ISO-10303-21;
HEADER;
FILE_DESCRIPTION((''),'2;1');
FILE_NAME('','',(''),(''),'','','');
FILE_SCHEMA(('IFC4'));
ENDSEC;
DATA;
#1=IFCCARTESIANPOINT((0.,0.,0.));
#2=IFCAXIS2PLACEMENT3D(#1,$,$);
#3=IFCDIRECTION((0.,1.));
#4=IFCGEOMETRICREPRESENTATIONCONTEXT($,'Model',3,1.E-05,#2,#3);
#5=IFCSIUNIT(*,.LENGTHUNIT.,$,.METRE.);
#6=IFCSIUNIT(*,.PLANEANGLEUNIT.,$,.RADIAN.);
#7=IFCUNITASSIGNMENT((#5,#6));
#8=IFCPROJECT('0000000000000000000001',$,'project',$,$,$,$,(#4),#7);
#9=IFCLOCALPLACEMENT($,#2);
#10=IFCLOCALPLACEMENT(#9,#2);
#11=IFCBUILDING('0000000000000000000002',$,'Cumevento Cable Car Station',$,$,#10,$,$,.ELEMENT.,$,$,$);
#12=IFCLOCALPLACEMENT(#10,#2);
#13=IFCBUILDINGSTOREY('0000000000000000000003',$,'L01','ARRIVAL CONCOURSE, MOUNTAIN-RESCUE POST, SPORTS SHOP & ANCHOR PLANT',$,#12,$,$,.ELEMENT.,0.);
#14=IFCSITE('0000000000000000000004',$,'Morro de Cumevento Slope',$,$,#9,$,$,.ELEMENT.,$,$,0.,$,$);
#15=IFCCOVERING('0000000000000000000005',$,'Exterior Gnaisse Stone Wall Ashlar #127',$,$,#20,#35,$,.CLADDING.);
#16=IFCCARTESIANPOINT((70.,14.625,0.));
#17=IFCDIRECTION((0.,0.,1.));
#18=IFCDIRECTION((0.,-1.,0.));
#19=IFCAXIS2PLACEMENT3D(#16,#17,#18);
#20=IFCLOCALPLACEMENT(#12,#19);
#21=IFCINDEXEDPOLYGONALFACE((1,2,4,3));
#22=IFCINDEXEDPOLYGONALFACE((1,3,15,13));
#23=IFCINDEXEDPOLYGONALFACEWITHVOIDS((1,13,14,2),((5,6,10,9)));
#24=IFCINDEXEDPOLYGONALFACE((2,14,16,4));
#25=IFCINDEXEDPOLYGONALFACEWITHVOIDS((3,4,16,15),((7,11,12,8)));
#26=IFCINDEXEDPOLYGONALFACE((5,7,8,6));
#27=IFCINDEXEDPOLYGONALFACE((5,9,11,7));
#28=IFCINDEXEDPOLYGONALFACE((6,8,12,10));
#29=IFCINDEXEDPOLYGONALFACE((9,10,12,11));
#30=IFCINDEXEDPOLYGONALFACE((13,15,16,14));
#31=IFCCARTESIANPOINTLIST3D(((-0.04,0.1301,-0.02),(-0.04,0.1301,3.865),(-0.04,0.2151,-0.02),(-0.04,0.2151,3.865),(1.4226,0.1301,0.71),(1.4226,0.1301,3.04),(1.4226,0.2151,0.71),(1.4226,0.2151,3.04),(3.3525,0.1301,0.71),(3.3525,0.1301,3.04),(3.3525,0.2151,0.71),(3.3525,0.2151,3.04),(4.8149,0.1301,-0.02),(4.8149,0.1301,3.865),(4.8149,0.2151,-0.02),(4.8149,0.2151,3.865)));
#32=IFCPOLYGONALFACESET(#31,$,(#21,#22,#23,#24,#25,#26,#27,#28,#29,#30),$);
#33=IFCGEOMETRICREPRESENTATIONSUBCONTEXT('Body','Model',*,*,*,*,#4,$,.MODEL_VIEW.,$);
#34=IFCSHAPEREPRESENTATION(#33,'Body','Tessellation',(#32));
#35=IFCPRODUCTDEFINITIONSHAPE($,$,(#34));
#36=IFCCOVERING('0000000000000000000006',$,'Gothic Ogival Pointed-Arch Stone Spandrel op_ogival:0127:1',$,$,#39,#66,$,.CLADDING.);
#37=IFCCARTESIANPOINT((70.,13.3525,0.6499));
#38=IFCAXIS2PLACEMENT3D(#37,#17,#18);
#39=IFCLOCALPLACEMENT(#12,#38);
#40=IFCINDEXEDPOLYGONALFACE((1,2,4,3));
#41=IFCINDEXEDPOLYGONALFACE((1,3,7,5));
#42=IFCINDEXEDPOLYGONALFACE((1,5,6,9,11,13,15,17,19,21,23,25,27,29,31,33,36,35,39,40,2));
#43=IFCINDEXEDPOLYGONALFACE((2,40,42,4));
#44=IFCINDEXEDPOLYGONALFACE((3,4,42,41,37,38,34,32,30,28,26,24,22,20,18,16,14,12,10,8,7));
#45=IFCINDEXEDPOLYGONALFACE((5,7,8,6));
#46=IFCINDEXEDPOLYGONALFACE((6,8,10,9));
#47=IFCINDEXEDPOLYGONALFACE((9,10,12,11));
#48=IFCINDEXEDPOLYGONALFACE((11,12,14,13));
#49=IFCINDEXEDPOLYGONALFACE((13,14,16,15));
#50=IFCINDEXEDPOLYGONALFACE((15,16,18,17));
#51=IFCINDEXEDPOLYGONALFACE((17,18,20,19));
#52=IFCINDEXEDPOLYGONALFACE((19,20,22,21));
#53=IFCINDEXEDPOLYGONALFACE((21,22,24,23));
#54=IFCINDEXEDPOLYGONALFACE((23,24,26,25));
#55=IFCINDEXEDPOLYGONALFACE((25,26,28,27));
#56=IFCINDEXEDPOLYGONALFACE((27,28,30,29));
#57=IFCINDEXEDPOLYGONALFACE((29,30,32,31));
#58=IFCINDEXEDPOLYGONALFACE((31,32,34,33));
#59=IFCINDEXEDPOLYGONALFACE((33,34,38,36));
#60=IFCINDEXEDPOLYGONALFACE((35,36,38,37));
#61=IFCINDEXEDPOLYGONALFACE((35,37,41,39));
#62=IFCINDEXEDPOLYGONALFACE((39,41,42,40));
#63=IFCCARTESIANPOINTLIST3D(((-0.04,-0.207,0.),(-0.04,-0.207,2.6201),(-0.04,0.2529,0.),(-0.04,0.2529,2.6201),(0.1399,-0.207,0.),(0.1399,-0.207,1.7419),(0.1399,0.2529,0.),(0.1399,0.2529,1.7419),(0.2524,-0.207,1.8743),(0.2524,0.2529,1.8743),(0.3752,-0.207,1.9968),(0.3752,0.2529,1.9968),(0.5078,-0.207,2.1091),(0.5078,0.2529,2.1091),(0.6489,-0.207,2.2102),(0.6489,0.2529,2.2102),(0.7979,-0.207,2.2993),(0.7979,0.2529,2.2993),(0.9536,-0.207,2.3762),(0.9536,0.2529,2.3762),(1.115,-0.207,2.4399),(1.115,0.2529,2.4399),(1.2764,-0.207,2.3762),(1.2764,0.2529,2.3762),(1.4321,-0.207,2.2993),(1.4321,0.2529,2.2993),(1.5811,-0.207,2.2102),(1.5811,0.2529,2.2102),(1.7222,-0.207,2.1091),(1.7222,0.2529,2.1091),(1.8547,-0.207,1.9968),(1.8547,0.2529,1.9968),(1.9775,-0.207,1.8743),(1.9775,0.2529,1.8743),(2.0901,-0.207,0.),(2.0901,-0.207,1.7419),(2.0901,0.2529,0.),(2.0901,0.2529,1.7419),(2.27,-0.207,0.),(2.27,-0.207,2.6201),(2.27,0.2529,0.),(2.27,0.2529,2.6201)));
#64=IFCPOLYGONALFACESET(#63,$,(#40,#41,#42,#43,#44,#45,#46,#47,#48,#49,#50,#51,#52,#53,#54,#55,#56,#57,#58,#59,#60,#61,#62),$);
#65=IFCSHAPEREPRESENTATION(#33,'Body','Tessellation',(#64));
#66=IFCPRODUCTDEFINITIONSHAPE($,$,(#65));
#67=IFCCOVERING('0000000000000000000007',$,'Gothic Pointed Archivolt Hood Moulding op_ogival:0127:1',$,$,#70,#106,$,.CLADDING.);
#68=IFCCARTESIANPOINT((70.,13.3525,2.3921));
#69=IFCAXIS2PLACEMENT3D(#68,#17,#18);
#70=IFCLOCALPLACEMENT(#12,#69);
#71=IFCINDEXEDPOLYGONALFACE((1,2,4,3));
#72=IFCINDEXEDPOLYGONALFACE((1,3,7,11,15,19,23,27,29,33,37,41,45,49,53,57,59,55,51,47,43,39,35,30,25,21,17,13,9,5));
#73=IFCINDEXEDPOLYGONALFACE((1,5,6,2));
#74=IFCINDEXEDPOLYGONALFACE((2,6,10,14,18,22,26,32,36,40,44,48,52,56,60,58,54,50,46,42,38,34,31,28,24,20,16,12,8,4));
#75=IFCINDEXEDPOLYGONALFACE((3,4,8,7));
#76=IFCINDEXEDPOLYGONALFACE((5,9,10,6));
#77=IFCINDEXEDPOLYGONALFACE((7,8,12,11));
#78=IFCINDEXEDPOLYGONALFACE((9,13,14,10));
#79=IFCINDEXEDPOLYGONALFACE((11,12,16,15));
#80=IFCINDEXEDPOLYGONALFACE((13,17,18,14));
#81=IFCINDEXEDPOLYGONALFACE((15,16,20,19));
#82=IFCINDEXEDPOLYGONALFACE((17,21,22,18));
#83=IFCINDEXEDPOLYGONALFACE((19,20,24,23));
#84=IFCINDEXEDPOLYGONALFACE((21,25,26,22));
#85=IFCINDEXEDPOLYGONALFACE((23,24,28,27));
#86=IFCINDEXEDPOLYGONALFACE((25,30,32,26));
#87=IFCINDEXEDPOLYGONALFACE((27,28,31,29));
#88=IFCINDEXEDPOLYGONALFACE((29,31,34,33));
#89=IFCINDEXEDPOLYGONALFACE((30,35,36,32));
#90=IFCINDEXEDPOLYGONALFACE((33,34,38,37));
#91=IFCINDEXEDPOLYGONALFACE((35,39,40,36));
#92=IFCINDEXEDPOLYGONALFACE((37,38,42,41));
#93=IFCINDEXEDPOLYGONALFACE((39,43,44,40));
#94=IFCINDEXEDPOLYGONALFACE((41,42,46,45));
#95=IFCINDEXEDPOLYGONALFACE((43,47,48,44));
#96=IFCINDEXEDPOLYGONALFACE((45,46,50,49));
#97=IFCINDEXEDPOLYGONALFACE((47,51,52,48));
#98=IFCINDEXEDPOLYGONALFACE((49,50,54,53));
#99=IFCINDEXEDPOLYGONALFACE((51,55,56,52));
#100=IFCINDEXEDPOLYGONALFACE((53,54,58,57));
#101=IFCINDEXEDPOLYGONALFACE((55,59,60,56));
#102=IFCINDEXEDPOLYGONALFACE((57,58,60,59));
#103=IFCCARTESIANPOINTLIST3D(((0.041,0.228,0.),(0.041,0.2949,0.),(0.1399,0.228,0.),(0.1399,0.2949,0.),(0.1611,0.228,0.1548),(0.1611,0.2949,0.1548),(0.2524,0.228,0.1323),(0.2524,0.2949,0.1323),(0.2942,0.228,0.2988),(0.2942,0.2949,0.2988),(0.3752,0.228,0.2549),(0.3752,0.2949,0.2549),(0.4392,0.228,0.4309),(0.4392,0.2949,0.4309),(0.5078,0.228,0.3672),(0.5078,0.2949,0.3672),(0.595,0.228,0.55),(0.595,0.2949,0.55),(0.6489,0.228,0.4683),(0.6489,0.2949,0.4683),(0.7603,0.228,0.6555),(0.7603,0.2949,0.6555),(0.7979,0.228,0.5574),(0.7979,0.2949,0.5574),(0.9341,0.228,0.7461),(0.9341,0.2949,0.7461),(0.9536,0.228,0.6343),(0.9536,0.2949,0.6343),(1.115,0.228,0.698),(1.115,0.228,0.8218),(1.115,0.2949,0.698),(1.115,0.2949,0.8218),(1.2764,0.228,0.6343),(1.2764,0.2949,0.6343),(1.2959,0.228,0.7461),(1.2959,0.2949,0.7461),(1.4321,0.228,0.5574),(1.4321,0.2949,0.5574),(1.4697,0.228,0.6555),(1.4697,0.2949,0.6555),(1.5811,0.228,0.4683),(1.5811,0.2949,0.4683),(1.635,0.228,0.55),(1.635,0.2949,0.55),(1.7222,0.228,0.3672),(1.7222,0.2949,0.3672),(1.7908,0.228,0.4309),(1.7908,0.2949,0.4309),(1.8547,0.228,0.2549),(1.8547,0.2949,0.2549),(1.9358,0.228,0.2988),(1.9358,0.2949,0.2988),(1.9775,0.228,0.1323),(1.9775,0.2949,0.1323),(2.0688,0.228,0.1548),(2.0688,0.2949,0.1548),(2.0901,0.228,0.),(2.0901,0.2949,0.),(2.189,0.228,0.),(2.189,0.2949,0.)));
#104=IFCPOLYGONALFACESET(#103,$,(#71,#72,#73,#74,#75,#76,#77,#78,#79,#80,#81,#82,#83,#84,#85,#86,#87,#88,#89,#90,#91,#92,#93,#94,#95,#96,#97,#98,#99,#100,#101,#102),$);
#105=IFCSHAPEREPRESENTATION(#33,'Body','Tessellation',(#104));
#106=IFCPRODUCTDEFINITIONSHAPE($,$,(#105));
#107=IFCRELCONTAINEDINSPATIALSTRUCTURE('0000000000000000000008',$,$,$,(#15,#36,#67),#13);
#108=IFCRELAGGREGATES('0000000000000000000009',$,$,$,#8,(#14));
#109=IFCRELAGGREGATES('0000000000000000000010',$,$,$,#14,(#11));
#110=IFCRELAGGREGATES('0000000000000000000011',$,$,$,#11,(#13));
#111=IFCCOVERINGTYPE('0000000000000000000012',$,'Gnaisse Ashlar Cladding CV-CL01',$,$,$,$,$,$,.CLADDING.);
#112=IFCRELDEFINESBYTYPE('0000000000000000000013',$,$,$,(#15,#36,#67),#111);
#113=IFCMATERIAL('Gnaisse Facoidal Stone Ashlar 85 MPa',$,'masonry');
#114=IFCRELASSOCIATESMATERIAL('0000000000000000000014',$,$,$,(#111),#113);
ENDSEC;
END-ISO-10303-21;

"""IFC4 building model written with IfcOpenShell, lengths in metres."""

from ifc_helpers import new_model, si_unit, direction, frame, origin, place, context, subcontext, project, spatial, polyline, outline, extrude, material, type_object, element, save


model = new_model("IFC4")

# Units and contexts
model_context = context("Model", 3, precision=1e-05, world=origin(), true_north=direction((0.0, 1.0)))
body_context = subcontext(model_context, "Body", "Model", "MODEL_VIEW")
ifc_project = project(units=[si_unit("LENGTHUNIT", "METRE"), si_unit("PLANEANGLEUNIT", "RADIAN")], contexts=[model_context])

# Site, building, storey
site_placement = place(None, origin())
site = spatial("IfcSite", under=ifc_project, at=site_placement, Name="Morro de Cumevento Slope", CompositionType="ELEMENT", RefElevation=0.0)
building_placement = place(site_placement, origin())
building = spatial("IfcBuilding", under=site, at=building_placement, Name="Cumevento Cable Car Station", CompositionType="ELEMENT")
storey_placement = place(building_placement, origin())
storey = spatial("IfcBuildingStorey", under=building, at=storey_placement, Name="L01", Description="ARRIVAL CONCOURSE, MOUNTAIN-RESCUE POST, SPORTS SHOP & ANCHOR PLANT", CompositionType="ELEMENT", Elevation=0.0)

# Coverings
ifc_material_1 = material(Name="Gnaisse Facoidal Stone Ashlar 85 MPa", Category="masonry")
covering_type = type_object("IfcCoveringType", Name="Gnaisse Ashlar Cladding CV-CL01", PredefinedType="CLADDING", material=ifc_material_1)
covering_1_placement = place(storey_placement, frame((70.0, 14.625, 0.0), z_axis=(0.0, 0.0, 1.0), x_axis=(0.0, -1.0, 0.0)))
element("IfcCovering", 1, at=covering_1_placement, inside=storey, type_object=covering_type, Name="Exterior Gnaisse Stone Wall Ashlar #127", PredefinedType="CLADDING", context=body_context, shape_type="SweptSolid", body=[
    extrude(outline(polyline([(-0.04, -0.02), (4.8149, -0.02), (4.8149, 3.865), (-0.04, 3.865), (-0.04, -0.02)]), holes=[polyline([(1.4226, 0.71), (3.3525, 0.71), (3.3525, 3.04), (1.4226, 3.04), (1.4226, 0.71)])]), frame((0.0, 0.2151, 0.0), z_axis=(0.0, -1.0, 0.0), x_axis=(1.0, 0.0, 0.0)), (0.0, 0.0, 1.0), 0.085),
])
covering_2_placement = place(storey_placement, frame((70.0, 13.3525, 0.6499), z_axis=(0.0, 0.0, 1.0), x_axis=(0.0, -1.0, 0.0)))
element("IfcCovering", 2, at=covering_2_placement, inside=storey, type_object=covering_type, Name="Gothic Ogival Pointed-Arch Stone Spandrel op_ogival:0127:1", PredefinedType="CLADDING", context=body_context, shape_type="SweptSolid", body=[
    extrude(outline(polyline([(-0.04, 0.0), (-0.04, 2.6201), (2.27, 2.6201), (2.27, 0.0), (2.0901, 0.0), (2.0901, 1.7419), (1.9775, 1.8743), (1.8547, 1.9968), (1.7222, 2.1091), (1.5811, 2.2102), (1.4321, 2.2993), (1.2764, 2.3762), (1.115, 2.4399), (0.9536, 2.3762), (0.7979, 2.2993), (0.6489, 2.2102), (0.5078, 2.1091), (0.3752, 1.9968), (0.2524, 1.8743), (0.1399, 1.7419), (0.1399, 0.0), (-0.04, 0.0)])), frame((0.0, 0.2529, 0.0), z_axis=(0.0, -1.0, 0.0), x_axis=(1.0, 0.0, 0.0)), (0.0, 0.0, 1.0), 0.46),
])
covering_3_placement = place(storey_placement, frame((70.0, 13.3525, 2.3921), z_axis=(0.0, 0.0, 1.0), x_axis=(0.0, -1.0, 0.0)))
element("IfcCovering", 3, at=covering_3_placement, inside=storey, type_object=covering_type, Name="Gothic Pointed Archivolt Hood Moulding op_ogival:0127:1", PredefinedType="CLADDING", context=body_context, shape_type="SweptSolid", body=[
    extrude(outline(polyline([(0.1399, 0.0), (0.2524, 0.1323), (0.3752, 0.2549), (0.5078, 0.3672), (0.6489, 0.4683), (0.7979, 0.5574), (0.9536, 0.6343), (1.115, 0.698), (1.2764, 0.6343), (1.4321, 0.5574), (1.5811, 0.4683), (1.7222, 0.3672), (1.8547, 0.2549), (1.9775, 0.1323), (2.0901, 0.0), (2.189, 0.0), (2.0688, 0.1548), (1.9358, 0.2988), (1.7908, 0.4309), (1.635, 0.55), (1.4697, 0.6555), (1.2959, 0.7461), (1.115, 0.8218), (0.9341, 0.7461), (0.7603, 0.6555), (0.595, 0.55), (0.4392, 0.4309), (0.2942, 0.2988), (0.1611, 0.1548), (0.041, 0.0), (0.1399, 0.0)])), frame((0.0, 0.2949, 0.0), z_axis=(0.0, -1.0, 0.0), x_axis=(1.0, 0.0, 0.0)), (0.0, 0.0, 1.0), 0.0669),
])

save(model, "model.ifc")
